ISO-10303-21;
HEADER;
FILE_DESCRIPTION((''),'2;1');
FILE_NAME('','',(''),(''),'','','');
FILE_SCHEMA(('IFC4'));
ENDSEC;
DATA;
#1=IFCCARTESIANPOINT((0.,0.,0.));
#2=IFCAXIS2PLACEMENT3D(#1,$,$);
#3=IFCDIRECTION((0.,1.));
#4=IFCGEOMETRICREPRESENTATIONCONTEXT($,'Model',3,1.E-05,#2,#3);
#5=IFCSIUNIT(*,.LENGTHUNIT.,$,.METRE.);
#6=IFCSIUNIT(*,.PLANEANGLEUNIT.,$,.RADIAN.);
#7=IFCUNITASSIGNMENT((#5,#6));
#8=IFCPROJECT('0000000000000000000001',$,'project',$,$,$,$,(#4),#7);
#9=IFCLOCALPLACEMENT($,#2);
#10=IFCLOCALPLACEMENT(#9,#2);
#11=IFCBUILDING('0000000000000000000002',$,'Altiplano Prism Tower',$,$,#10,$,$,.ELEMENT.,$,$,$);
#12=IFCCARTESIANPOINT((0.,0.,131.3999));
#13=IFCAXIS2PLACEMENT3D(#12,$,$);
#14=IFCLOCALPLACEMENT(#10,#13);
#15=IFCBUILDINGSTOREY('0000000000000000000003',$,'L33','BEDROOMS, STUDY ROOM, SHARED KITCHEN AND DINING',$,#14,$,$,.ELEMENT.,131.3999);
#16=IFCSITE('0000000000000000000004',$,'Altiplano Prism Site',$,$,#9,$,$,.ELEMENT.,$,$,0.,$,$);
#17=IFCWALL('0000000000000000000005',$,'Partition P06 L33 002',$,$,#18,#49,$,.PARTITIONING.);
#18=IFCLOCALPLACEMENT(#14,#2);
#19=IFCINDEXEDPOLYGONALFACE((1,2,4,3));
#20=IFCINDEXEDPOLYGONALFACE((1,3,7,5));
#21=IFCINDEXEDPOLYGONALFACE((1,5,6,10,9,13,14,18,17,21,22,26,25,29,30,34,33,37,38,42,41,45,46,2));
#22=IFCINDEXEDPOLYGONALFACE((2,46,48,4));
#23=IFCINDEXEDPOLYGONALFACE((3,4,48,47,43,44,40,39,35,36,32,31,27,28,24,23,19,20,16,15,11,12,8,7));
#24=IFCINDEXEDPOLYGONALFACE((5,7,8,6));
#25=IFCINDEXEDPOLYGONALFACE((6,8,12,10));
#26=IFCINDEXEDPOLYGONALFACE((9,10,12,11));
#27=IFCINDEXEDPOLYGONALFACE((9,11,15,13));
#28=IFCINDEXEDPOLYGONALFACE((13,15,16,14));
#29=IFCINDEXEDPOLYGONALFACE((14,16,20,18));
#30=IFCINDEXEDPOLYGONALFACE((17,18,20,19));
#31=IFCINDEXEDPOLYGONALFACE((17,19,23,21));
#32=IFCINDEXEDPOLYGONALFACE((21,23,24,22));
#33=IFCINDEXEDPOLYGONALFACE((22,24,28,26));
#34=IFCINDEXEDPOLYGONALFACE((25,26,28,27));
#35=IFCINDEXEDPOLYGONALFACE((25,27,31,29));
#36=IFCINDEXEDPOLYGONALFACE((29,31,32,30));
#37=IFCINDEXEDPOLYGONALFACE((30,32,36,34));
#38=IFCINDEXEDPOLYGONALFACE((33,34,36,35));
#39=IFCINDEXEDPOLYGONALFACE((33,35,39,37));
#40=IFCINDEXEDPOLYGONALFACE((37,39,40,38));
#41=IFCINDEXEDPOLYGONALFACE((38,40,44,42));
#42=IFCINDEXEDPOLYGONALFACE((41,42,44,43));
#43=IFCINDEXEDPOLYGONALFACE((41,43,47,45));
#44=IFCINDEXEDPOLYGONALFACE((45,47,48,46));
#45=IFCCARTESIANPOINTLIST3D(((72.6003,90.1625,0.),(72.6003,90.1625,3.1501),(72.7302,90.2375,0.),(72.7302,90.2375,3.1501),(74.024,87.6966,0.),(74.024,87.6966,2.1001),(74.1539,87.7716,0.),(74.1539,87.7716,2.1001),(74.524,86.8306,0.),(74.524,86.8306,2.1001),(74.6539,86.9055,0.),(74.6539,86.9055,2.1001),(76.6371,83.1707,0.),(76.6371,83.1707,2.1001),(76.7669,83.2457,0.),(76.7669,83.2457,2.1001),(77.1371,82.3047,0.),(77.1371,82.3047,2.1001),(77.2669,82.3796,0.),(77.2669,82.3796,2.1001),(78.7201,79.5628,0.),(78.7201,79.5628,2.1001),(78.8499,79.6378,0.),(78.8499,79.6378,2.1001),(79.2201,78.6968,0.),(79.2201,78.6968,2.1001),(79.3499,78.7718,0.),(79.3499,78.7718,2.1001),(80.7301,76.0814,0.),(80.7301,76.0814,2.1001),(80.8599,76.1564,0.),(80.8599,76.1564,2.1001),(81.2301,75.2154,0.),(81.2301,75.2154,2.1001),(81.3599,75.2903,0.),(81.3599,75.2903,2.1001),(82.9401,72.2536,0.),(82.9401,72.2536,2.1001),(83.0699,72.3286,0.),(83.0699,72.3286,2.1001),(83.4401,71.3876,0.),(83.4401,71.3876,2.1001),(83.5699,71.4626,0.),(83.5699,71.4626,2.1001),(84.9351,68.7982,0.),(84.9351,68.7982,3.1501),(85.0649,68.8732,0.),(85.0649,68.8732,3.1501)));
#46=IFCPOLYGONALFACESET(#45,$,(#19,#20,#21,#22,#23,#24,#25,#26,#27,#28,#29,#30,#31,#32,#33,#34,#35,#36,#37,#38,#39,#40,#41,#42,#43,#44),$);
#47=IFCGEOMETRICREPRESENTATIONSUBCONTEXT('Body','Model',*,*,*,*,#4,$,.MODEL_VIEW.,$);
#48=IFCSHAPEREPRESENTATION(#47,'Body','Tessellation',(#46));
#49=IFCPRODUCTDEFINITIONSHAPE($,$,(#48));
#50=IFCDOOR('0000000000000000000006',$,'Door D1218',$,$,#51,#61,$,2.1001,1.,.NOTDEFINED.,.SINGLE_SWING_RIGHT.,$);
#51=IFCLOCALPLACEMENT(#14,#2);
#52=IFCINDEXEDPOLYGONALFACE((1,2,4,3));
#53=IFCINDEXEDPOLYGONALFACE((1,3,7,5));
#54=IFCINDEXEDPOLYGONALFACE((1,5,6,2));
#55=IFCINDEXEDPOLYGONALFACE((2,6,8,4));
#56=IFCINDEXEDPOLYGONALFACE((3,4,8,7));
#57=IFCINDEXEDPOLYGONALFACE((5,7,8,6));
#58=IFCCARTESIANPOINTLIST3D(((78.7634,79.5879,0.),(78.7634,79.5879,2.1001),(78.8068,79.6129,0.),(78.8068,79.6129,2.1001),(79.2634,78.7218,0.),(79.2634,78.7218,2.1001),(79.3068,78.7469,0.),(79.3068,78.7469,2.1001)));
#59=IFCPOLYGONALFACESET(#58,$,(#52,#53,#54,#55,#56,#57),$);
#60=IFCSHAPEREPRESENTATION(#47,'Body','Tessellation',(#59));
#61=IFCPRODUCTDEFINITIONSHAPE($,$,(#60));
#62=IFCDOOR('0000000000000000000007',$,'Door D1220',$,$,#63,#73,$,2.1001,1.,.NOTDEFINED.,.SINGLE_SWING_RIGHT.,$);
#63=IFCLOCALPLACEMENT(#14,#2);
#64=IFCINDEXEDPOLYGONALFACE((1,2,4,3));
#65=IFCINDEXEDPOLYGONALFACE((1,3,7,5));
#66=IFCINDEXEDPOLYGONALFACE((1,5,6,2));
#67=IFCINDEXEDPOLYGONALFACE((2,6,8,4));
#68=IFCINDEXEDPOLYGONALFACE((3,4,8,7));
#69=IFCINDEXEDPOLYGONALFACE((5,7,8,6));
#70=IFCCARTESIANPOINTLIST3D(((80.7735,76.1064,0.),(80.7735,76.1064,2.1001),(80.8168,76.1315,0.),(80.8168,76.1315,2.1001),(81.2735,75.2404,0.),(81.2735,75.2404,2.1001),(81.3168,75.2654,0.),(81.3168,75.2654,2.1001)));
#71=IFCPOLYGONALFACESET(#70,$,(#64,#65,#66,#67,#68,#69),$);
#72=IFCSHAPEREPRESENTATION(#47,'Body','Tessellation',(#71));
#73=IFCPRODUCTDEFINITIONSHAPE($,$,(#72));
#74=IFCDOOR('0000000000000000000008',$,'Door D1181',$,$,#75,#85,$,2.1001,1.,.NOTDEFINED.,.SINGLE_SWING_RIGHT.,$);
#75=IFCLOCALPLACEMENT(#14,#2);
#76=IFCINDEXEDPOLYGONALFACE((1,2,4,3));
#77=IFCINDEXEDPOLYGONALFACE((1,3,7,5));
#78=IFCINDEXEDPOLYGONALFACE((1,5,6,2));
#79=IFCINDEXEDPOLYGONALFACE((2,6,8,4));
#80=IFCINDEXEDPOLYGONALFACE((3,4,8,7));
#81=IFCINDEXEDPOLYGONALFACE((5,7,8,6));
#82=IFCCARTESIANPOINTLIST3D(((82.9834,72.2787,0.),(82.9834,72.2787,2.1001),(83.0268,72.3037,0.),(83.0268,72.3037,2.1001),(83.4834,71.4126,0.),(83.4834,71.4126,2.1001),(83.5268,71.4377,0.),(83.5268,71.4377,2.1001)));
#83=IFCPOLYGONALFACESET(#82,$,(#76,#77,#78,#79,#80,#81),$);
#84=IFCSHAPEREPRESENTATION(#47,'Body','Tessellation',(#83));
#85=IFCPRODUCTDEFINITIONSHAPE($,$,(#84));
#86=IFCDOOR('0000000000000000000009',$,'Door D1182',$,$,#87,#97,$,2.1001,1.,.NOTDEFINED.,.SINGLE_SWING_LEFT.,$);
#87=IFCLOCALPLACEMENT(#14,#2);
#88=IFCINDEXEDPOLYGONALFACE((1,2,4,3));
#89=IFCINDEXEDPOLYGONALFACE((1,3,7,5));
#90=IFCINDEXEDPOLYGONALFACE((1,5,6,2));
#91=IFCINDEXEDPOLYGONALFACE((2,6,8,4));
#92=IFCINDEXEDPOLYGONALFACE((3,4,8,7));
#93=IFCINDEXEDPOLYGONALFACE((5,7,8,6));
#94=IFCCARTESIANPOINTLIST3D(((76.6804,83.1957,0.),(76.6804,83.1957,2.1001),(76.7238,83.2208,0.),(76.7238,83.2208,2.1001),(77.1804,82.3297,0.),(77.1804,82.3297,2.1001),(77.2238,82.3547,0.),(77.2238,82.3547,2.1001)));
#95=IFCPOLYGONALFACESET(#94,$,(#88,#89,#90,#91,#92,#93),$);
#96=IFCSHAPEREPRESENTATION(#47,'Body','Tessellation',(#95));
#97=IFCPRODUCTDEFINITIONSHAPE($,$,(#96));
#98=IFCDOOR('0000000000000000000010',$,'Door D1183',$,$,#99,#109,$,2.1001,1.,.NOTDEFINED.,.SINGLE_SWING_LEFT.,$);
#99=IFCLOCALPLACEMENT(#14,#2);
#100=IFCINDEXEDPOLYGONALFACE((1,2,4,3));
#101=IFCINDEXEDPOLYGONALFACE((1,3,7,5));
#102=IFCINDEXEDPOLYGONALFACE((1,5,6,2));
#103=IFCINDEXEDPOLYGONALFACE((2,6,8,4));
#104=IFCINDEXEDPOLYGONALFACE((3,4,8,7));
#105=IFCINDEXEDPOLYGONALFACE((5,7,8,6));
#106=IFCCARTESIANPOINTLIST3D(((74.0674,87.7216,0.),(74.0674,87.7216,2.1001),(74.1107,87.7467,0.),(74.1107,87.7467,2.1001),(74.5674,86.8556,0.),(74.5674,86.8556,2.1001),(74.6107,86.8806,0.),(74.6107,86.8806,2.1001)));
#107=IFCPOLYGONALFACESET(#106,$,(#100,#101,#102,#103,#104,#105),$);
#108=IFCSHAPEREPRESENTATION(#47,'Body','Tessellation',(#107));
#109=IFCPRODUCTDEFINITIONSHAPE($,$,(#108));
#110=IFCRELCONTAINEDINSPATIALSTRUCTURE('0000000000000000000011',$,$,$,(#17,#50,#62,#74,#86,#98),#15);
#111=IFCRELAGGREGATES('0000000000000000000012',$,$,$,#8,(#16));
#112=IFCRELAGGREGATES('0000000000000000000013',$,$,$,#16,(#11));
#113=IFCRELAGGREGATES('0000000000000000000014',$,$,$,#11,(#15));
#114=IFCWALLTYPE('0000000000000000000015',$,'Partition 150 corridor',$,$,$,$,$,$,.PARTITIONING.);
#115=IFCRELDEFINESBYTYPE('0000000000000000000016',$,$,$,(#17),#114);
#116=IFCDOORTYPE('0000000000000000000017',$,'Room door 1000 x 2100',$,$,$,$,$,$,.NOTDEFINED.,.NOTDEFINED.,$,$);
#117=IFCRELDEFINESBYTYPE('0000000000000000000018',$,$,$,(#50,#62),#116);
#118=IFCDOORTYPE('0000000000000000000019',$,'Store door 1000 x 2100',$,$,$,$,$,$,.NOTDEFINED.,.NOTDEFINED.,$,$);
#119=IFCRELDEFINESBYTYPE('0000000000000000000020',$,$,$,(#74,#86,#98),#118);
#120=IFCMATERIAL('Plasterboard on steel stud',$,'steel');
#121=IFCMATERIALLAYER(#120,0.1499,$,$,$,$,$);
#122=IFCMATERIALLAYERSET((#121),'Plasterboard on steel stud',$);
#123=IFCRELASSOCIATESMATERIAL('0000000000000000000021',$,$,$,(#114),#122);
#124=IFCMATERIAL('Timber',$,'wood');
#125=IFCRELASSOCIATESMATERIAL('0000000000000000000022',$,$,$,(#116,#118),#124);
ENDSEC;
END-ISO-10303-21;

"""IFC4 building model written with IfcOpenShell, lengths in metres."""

from ifc_helpers import new_model, si_unit, direction, frame, frame_2d, origin, place, context, subcontext, project, spatial, rectangle, extrude, material, layer, layer_set, type_object, element, fill, save


model = new_model("IFC4")

# Units and contexts
model_context = context("Model", 3, precision=1e-05, world=origin(), true_north=direction((0.0, 1.0)))
body_context = subcontext(model_context, "Body", "Model", "MODEL_VIEW")
ifc_project = project(units=[si_unit("LENGTHUNIT", "METRE"), si_unit("PLANEANGLEUNIT", "RADIAN")], contexts=[model_context])

# Site, building, storey
site_placement = place(None, origin())
site = spatial("IfcSite", under=ifc_project, at=site_placement, Name="Altiplano Prism Site", CompositionType="ELEMENT", RefElevation=0.0)
building_placement = place(site_placement, origin())
building = spatial("IfcBuilding", under=site, at=building_placement, Name="Altiplano Prism Tower", CompositionType="ELEMENT")
storey_placement = place(building_placement, frame((0.0, 0.0, 131.3999)))
storey = spatial("IfcBuildingStorey", under=building, at=storey_placement, Name="L33", Description="BEDROOMS, STUDY ROOM, SHARED KITCHEN AND DINING", CompositionType="ELEMENT", Elevation=131.3999)

# Shared definitions
ifc_material_1 = material(Name="Plasterboard on steel stud", Category="steel")
ifc_material_2 = material(Name="Timber", Category="wood")

# Wall, openings, doors
ifc_layer_1 = layer(ifc_material_1, 0.1499)
ifc_layer_set_1 = layer_set([ifc_layer_1], Name="Plasterboard on steel stud")
wall_type_1 = type_object("IfcWallType", Name="Partition 150 corridor", PredefinedType="PARTITIONING", material=ifc_layer_set_1)
wall_1_placement = place(storey_placement, frame((85.0, 68.8357, 0.0), z_axis=(0.0, 0.0, 1.0), x_axis=(-0.500002, 0.866024, 0.0)))
wall_1 = element("IfcWall", 1, at=wall_1_placement, inside=storey, type_object=wall_type_1, Name="Partition P06 L33 002", PredefinedType="PARTITIONING", context=body_context, shape_type="SweptSolid", body=[
    extrude(rectangle(XDim=24.6694, YDim=0.1499, at=frame_2d((12.3347, 0.0))), origin(), (0.0, 0.0, 1.0), 3.1501),
])
opening_1_placement = place(wall_1_placement, frame((2.99, 0.0, 0.0)))
opening_1 = element("IfcOpeningElement", 2, at=opening_1_placement, cuts=wall_1, PredefinedType="OPENING", context=body_context, shape_type="SweptSolid", body=[
    extrude(rectangle(XDim=1.0, YDim=2.1001, at=frame_2d((0.5, 1.05))), frame((0.0, 0.0854, 0.0), z_axis=(0.0, -1.0, 0.0), x_axis=(1.0, 0.0, 0.0)), (0.0, 0.0, 1.0), 0.1709),
])
opening_2_placement = place(wall_1_placement, frame((15.5959, 0.0, 0.0)))
opening_2 = element("IfcOpeningElement", 3, at=opening_2_placement, cuts=wall_1, PredefinedType="OPENING", context=body_context, shape_type="SweptSolid", body=[
    extrude(rectangle(XDim=1.0, YDim=2.1001, at=frame_2d((0.5, 1.05))), frame((0.0, 0.0854, 0.0), z_axis=(0.0, -1.0, 0.0), x_axis=(1.0, 0.0, 0.0)), (0.0, 0.0, 1.0), 0.1709),
])
opening_3_placement = place(wall_1_placement, frame((20.822, 0.0, 0.0)))
opening_3 = element("IfcOpeningElement", 4, at=opening_3_placement, cuts=wall_1, PredefinedType="OPENING", context=body_context, shape_type="SweptSolid", body=[
    extrude(rectangle(XDim=1.0, YDim=2.1001, at=frame_2d((0.5, 1.05))), frame((0.0, 0.0854, 0.0), z_axis=(0.0, -1.0, 0.0), x_axis=(1.0, 0.0, 0.0)), (0.0, 0.0, 1.0), 0.1709),
])
opening_4_placement = place(wall_1_placement, frame((11.4299, 0.0, 0.0)))
opening_4 = element("IfcOpeningElement", 5, at=opening_4_placement, cuts=wall_1, PredefinedType="OPENING", context=body_context, shape_type="SweptSolid", body=[
    extrude(rectangle(XDim=1.0, YDim=2.1001, at=frame_2d((0.5, 1.05))), frame((0.0, 0.0854, 0.0), z_axis=(0.0, -1.0, 0.0), x_axis=(1.0, 0.0, 0.0)), (0.0, 0.0, 1.0), 0.1709),
])
opening_5_placement = place(wall_1_placement, frame((7.4099, 0.0, 0.0)))
opening_5 = element("IfcOpeningElement", 6, at=opening_5_placement, cuts=wall_1, PredefinedType="OPENING", context=body_context, shape_type="SweptSolid", body=[
    extrude(rectangle(XDim=1.0, YDim=2.1001, at=frame_2d((0.5, 1.05))), frame((0.0, 0.0854, 0.0), z_axis=(0.0, -1.0, 0.0), x_axis=(1.0, 0.0, 0.0)), (0.0, 0.0, 1.0), 0.1709),
])
door_type_1 = type_object("IfcDoorType", Name="Room door 1000 x 2100", OperationType="NOTDEFINED", PredefinedType="NOTDEFINED", material=ifc_material_2)
door_1_placement = place(opening_4_placement, origin())
door_1 = element("IfcDoor", 7, at=door_1_placement, inside=storey, type_object=door_type_1, Name="Door D1218", OperationType="SINGLE_SWING_RIGHT", OverallHeight=2.1001, OverallWidth=1.0, PredefinedType="NOTDEFINED", context=body_context, shape_type="SweptSolid", body=[
    extrude(rectangle(XDim=1.0, YDim=2.1001, at=frame_2d((0.5, 1.05))), frame((0.0, 0.0249, 0.0), z_axis=(0.0, -1.0, 0.0), x_axis=(1.0, 0.0, 0.0)), (0.0, 0.0, 1.0), 0.05),
])
fill(opening_4, door_1)
door_2_placement = place(opening_5_placement, origin())
door_2 = element("IfcDoor", 8, at=door_2_placement, inside=storey, type_object=door_type_1, Name="Door D1220", OperationType="SINGLE_SWING_RIGHT", OverallHeight=2.1001, OverallWidth=1.0, PredefinedType="NOTDEFINED", context=body_context, shape_type="SweptSolid", body=[
    extrude(rectangle(XDim=1.0, YDim=2.1001, at=frame_2d((0.5, 1.05))), frame((0.0, 0.0249, 0.0), z_axis=(0.0, -1.0, 0.0), x_axis=(1.0, 0.0, 0.0)), (0.0, 0.0, 1.0), 0.05),
])
fill(opening_5, door_2)
door_type_2 = type_object("IfcDoorType", Name="Store door 1000 x 2100", OperationType="NOTDEFINED", PredefinedType="NOTDEFINED", material=ifc_material_2)
door_3_placement = place(opening_1_placement, origin())
door_3 = element("IfcDoor", 9, at=door_3_placement, inside=storey, type_object=door_type_2, Name="Door D1181", OperationType="SINGLE_SWING_RIGHT", OverallHeight=2.1001, OverallWidth=1.0, PredefinedType="NOTDEFINED", context=body_context, shape_type="SweptSolid", body=[
    extrude(rectangle(XDim=1.0, YDim=2.1001, at=frame_2d((0.5, 1.05))), frame((0.0, 0.0249, 0.0), z_axis=(0.0, -1.0, 0.0), x_axis=(1.0, 0.0, 0.0)), (0.0, 0.0, 1.0), 0.05),
])
fill(opening_1, door_3)
door_4_placement = place(opening_2_placement, origin())
door_4 = element("IfcDoor", 10, at=door_4_placement, inside=storey, type_object=door_type_2, Name="Door D1182", OperationType="SINGLE_SWING_LEFT", OverallHeight=2.1001, OverallWidth=1.0, PredefinedType="NOTDEFINED", context=body_context, shape_type="SweptSolid", body=[
    extrude(rectangle(XDim=1.0, YDim=2.1001, at=frame_2d((0.5, 1.05))), frame((0.0, 0.0249, 0.0), z_axis=(0.0, -1.0, 0.0), x_axis=(1.0, 0.0, 0.0)), (0.0, 0.0, 1.0), 0.05),
])
fill(opening_2, door_4)
door_5_placement = place(opening_3_placement, origin())
door_5 = element("IfcDoor", 11, at=door_5_placement, inside=storey, type_object=door_type_2, Name="Door D1183", OperationType="SINGLE_SWING_LEFT", OverallHeight=2.1001, OverallWidth=1.0, PredefinedType="NOTDEFINED", context=body_context, shape_type="SweptSolid", body=[
    extrude(rectangle(XDim=1.0, YDim=2.1001, at=frame_2d((0.5, 1.05))), frame((0.0, 0.0249, 0.0), z_axis=(0.0, -1.0, 0.0), x_axis=(1.0, 0.0, 0.0)), (0.0, 0.0, 1.0), 0.05),
])
fill(opening_3, door_5)

save(model, "model.ifc")
